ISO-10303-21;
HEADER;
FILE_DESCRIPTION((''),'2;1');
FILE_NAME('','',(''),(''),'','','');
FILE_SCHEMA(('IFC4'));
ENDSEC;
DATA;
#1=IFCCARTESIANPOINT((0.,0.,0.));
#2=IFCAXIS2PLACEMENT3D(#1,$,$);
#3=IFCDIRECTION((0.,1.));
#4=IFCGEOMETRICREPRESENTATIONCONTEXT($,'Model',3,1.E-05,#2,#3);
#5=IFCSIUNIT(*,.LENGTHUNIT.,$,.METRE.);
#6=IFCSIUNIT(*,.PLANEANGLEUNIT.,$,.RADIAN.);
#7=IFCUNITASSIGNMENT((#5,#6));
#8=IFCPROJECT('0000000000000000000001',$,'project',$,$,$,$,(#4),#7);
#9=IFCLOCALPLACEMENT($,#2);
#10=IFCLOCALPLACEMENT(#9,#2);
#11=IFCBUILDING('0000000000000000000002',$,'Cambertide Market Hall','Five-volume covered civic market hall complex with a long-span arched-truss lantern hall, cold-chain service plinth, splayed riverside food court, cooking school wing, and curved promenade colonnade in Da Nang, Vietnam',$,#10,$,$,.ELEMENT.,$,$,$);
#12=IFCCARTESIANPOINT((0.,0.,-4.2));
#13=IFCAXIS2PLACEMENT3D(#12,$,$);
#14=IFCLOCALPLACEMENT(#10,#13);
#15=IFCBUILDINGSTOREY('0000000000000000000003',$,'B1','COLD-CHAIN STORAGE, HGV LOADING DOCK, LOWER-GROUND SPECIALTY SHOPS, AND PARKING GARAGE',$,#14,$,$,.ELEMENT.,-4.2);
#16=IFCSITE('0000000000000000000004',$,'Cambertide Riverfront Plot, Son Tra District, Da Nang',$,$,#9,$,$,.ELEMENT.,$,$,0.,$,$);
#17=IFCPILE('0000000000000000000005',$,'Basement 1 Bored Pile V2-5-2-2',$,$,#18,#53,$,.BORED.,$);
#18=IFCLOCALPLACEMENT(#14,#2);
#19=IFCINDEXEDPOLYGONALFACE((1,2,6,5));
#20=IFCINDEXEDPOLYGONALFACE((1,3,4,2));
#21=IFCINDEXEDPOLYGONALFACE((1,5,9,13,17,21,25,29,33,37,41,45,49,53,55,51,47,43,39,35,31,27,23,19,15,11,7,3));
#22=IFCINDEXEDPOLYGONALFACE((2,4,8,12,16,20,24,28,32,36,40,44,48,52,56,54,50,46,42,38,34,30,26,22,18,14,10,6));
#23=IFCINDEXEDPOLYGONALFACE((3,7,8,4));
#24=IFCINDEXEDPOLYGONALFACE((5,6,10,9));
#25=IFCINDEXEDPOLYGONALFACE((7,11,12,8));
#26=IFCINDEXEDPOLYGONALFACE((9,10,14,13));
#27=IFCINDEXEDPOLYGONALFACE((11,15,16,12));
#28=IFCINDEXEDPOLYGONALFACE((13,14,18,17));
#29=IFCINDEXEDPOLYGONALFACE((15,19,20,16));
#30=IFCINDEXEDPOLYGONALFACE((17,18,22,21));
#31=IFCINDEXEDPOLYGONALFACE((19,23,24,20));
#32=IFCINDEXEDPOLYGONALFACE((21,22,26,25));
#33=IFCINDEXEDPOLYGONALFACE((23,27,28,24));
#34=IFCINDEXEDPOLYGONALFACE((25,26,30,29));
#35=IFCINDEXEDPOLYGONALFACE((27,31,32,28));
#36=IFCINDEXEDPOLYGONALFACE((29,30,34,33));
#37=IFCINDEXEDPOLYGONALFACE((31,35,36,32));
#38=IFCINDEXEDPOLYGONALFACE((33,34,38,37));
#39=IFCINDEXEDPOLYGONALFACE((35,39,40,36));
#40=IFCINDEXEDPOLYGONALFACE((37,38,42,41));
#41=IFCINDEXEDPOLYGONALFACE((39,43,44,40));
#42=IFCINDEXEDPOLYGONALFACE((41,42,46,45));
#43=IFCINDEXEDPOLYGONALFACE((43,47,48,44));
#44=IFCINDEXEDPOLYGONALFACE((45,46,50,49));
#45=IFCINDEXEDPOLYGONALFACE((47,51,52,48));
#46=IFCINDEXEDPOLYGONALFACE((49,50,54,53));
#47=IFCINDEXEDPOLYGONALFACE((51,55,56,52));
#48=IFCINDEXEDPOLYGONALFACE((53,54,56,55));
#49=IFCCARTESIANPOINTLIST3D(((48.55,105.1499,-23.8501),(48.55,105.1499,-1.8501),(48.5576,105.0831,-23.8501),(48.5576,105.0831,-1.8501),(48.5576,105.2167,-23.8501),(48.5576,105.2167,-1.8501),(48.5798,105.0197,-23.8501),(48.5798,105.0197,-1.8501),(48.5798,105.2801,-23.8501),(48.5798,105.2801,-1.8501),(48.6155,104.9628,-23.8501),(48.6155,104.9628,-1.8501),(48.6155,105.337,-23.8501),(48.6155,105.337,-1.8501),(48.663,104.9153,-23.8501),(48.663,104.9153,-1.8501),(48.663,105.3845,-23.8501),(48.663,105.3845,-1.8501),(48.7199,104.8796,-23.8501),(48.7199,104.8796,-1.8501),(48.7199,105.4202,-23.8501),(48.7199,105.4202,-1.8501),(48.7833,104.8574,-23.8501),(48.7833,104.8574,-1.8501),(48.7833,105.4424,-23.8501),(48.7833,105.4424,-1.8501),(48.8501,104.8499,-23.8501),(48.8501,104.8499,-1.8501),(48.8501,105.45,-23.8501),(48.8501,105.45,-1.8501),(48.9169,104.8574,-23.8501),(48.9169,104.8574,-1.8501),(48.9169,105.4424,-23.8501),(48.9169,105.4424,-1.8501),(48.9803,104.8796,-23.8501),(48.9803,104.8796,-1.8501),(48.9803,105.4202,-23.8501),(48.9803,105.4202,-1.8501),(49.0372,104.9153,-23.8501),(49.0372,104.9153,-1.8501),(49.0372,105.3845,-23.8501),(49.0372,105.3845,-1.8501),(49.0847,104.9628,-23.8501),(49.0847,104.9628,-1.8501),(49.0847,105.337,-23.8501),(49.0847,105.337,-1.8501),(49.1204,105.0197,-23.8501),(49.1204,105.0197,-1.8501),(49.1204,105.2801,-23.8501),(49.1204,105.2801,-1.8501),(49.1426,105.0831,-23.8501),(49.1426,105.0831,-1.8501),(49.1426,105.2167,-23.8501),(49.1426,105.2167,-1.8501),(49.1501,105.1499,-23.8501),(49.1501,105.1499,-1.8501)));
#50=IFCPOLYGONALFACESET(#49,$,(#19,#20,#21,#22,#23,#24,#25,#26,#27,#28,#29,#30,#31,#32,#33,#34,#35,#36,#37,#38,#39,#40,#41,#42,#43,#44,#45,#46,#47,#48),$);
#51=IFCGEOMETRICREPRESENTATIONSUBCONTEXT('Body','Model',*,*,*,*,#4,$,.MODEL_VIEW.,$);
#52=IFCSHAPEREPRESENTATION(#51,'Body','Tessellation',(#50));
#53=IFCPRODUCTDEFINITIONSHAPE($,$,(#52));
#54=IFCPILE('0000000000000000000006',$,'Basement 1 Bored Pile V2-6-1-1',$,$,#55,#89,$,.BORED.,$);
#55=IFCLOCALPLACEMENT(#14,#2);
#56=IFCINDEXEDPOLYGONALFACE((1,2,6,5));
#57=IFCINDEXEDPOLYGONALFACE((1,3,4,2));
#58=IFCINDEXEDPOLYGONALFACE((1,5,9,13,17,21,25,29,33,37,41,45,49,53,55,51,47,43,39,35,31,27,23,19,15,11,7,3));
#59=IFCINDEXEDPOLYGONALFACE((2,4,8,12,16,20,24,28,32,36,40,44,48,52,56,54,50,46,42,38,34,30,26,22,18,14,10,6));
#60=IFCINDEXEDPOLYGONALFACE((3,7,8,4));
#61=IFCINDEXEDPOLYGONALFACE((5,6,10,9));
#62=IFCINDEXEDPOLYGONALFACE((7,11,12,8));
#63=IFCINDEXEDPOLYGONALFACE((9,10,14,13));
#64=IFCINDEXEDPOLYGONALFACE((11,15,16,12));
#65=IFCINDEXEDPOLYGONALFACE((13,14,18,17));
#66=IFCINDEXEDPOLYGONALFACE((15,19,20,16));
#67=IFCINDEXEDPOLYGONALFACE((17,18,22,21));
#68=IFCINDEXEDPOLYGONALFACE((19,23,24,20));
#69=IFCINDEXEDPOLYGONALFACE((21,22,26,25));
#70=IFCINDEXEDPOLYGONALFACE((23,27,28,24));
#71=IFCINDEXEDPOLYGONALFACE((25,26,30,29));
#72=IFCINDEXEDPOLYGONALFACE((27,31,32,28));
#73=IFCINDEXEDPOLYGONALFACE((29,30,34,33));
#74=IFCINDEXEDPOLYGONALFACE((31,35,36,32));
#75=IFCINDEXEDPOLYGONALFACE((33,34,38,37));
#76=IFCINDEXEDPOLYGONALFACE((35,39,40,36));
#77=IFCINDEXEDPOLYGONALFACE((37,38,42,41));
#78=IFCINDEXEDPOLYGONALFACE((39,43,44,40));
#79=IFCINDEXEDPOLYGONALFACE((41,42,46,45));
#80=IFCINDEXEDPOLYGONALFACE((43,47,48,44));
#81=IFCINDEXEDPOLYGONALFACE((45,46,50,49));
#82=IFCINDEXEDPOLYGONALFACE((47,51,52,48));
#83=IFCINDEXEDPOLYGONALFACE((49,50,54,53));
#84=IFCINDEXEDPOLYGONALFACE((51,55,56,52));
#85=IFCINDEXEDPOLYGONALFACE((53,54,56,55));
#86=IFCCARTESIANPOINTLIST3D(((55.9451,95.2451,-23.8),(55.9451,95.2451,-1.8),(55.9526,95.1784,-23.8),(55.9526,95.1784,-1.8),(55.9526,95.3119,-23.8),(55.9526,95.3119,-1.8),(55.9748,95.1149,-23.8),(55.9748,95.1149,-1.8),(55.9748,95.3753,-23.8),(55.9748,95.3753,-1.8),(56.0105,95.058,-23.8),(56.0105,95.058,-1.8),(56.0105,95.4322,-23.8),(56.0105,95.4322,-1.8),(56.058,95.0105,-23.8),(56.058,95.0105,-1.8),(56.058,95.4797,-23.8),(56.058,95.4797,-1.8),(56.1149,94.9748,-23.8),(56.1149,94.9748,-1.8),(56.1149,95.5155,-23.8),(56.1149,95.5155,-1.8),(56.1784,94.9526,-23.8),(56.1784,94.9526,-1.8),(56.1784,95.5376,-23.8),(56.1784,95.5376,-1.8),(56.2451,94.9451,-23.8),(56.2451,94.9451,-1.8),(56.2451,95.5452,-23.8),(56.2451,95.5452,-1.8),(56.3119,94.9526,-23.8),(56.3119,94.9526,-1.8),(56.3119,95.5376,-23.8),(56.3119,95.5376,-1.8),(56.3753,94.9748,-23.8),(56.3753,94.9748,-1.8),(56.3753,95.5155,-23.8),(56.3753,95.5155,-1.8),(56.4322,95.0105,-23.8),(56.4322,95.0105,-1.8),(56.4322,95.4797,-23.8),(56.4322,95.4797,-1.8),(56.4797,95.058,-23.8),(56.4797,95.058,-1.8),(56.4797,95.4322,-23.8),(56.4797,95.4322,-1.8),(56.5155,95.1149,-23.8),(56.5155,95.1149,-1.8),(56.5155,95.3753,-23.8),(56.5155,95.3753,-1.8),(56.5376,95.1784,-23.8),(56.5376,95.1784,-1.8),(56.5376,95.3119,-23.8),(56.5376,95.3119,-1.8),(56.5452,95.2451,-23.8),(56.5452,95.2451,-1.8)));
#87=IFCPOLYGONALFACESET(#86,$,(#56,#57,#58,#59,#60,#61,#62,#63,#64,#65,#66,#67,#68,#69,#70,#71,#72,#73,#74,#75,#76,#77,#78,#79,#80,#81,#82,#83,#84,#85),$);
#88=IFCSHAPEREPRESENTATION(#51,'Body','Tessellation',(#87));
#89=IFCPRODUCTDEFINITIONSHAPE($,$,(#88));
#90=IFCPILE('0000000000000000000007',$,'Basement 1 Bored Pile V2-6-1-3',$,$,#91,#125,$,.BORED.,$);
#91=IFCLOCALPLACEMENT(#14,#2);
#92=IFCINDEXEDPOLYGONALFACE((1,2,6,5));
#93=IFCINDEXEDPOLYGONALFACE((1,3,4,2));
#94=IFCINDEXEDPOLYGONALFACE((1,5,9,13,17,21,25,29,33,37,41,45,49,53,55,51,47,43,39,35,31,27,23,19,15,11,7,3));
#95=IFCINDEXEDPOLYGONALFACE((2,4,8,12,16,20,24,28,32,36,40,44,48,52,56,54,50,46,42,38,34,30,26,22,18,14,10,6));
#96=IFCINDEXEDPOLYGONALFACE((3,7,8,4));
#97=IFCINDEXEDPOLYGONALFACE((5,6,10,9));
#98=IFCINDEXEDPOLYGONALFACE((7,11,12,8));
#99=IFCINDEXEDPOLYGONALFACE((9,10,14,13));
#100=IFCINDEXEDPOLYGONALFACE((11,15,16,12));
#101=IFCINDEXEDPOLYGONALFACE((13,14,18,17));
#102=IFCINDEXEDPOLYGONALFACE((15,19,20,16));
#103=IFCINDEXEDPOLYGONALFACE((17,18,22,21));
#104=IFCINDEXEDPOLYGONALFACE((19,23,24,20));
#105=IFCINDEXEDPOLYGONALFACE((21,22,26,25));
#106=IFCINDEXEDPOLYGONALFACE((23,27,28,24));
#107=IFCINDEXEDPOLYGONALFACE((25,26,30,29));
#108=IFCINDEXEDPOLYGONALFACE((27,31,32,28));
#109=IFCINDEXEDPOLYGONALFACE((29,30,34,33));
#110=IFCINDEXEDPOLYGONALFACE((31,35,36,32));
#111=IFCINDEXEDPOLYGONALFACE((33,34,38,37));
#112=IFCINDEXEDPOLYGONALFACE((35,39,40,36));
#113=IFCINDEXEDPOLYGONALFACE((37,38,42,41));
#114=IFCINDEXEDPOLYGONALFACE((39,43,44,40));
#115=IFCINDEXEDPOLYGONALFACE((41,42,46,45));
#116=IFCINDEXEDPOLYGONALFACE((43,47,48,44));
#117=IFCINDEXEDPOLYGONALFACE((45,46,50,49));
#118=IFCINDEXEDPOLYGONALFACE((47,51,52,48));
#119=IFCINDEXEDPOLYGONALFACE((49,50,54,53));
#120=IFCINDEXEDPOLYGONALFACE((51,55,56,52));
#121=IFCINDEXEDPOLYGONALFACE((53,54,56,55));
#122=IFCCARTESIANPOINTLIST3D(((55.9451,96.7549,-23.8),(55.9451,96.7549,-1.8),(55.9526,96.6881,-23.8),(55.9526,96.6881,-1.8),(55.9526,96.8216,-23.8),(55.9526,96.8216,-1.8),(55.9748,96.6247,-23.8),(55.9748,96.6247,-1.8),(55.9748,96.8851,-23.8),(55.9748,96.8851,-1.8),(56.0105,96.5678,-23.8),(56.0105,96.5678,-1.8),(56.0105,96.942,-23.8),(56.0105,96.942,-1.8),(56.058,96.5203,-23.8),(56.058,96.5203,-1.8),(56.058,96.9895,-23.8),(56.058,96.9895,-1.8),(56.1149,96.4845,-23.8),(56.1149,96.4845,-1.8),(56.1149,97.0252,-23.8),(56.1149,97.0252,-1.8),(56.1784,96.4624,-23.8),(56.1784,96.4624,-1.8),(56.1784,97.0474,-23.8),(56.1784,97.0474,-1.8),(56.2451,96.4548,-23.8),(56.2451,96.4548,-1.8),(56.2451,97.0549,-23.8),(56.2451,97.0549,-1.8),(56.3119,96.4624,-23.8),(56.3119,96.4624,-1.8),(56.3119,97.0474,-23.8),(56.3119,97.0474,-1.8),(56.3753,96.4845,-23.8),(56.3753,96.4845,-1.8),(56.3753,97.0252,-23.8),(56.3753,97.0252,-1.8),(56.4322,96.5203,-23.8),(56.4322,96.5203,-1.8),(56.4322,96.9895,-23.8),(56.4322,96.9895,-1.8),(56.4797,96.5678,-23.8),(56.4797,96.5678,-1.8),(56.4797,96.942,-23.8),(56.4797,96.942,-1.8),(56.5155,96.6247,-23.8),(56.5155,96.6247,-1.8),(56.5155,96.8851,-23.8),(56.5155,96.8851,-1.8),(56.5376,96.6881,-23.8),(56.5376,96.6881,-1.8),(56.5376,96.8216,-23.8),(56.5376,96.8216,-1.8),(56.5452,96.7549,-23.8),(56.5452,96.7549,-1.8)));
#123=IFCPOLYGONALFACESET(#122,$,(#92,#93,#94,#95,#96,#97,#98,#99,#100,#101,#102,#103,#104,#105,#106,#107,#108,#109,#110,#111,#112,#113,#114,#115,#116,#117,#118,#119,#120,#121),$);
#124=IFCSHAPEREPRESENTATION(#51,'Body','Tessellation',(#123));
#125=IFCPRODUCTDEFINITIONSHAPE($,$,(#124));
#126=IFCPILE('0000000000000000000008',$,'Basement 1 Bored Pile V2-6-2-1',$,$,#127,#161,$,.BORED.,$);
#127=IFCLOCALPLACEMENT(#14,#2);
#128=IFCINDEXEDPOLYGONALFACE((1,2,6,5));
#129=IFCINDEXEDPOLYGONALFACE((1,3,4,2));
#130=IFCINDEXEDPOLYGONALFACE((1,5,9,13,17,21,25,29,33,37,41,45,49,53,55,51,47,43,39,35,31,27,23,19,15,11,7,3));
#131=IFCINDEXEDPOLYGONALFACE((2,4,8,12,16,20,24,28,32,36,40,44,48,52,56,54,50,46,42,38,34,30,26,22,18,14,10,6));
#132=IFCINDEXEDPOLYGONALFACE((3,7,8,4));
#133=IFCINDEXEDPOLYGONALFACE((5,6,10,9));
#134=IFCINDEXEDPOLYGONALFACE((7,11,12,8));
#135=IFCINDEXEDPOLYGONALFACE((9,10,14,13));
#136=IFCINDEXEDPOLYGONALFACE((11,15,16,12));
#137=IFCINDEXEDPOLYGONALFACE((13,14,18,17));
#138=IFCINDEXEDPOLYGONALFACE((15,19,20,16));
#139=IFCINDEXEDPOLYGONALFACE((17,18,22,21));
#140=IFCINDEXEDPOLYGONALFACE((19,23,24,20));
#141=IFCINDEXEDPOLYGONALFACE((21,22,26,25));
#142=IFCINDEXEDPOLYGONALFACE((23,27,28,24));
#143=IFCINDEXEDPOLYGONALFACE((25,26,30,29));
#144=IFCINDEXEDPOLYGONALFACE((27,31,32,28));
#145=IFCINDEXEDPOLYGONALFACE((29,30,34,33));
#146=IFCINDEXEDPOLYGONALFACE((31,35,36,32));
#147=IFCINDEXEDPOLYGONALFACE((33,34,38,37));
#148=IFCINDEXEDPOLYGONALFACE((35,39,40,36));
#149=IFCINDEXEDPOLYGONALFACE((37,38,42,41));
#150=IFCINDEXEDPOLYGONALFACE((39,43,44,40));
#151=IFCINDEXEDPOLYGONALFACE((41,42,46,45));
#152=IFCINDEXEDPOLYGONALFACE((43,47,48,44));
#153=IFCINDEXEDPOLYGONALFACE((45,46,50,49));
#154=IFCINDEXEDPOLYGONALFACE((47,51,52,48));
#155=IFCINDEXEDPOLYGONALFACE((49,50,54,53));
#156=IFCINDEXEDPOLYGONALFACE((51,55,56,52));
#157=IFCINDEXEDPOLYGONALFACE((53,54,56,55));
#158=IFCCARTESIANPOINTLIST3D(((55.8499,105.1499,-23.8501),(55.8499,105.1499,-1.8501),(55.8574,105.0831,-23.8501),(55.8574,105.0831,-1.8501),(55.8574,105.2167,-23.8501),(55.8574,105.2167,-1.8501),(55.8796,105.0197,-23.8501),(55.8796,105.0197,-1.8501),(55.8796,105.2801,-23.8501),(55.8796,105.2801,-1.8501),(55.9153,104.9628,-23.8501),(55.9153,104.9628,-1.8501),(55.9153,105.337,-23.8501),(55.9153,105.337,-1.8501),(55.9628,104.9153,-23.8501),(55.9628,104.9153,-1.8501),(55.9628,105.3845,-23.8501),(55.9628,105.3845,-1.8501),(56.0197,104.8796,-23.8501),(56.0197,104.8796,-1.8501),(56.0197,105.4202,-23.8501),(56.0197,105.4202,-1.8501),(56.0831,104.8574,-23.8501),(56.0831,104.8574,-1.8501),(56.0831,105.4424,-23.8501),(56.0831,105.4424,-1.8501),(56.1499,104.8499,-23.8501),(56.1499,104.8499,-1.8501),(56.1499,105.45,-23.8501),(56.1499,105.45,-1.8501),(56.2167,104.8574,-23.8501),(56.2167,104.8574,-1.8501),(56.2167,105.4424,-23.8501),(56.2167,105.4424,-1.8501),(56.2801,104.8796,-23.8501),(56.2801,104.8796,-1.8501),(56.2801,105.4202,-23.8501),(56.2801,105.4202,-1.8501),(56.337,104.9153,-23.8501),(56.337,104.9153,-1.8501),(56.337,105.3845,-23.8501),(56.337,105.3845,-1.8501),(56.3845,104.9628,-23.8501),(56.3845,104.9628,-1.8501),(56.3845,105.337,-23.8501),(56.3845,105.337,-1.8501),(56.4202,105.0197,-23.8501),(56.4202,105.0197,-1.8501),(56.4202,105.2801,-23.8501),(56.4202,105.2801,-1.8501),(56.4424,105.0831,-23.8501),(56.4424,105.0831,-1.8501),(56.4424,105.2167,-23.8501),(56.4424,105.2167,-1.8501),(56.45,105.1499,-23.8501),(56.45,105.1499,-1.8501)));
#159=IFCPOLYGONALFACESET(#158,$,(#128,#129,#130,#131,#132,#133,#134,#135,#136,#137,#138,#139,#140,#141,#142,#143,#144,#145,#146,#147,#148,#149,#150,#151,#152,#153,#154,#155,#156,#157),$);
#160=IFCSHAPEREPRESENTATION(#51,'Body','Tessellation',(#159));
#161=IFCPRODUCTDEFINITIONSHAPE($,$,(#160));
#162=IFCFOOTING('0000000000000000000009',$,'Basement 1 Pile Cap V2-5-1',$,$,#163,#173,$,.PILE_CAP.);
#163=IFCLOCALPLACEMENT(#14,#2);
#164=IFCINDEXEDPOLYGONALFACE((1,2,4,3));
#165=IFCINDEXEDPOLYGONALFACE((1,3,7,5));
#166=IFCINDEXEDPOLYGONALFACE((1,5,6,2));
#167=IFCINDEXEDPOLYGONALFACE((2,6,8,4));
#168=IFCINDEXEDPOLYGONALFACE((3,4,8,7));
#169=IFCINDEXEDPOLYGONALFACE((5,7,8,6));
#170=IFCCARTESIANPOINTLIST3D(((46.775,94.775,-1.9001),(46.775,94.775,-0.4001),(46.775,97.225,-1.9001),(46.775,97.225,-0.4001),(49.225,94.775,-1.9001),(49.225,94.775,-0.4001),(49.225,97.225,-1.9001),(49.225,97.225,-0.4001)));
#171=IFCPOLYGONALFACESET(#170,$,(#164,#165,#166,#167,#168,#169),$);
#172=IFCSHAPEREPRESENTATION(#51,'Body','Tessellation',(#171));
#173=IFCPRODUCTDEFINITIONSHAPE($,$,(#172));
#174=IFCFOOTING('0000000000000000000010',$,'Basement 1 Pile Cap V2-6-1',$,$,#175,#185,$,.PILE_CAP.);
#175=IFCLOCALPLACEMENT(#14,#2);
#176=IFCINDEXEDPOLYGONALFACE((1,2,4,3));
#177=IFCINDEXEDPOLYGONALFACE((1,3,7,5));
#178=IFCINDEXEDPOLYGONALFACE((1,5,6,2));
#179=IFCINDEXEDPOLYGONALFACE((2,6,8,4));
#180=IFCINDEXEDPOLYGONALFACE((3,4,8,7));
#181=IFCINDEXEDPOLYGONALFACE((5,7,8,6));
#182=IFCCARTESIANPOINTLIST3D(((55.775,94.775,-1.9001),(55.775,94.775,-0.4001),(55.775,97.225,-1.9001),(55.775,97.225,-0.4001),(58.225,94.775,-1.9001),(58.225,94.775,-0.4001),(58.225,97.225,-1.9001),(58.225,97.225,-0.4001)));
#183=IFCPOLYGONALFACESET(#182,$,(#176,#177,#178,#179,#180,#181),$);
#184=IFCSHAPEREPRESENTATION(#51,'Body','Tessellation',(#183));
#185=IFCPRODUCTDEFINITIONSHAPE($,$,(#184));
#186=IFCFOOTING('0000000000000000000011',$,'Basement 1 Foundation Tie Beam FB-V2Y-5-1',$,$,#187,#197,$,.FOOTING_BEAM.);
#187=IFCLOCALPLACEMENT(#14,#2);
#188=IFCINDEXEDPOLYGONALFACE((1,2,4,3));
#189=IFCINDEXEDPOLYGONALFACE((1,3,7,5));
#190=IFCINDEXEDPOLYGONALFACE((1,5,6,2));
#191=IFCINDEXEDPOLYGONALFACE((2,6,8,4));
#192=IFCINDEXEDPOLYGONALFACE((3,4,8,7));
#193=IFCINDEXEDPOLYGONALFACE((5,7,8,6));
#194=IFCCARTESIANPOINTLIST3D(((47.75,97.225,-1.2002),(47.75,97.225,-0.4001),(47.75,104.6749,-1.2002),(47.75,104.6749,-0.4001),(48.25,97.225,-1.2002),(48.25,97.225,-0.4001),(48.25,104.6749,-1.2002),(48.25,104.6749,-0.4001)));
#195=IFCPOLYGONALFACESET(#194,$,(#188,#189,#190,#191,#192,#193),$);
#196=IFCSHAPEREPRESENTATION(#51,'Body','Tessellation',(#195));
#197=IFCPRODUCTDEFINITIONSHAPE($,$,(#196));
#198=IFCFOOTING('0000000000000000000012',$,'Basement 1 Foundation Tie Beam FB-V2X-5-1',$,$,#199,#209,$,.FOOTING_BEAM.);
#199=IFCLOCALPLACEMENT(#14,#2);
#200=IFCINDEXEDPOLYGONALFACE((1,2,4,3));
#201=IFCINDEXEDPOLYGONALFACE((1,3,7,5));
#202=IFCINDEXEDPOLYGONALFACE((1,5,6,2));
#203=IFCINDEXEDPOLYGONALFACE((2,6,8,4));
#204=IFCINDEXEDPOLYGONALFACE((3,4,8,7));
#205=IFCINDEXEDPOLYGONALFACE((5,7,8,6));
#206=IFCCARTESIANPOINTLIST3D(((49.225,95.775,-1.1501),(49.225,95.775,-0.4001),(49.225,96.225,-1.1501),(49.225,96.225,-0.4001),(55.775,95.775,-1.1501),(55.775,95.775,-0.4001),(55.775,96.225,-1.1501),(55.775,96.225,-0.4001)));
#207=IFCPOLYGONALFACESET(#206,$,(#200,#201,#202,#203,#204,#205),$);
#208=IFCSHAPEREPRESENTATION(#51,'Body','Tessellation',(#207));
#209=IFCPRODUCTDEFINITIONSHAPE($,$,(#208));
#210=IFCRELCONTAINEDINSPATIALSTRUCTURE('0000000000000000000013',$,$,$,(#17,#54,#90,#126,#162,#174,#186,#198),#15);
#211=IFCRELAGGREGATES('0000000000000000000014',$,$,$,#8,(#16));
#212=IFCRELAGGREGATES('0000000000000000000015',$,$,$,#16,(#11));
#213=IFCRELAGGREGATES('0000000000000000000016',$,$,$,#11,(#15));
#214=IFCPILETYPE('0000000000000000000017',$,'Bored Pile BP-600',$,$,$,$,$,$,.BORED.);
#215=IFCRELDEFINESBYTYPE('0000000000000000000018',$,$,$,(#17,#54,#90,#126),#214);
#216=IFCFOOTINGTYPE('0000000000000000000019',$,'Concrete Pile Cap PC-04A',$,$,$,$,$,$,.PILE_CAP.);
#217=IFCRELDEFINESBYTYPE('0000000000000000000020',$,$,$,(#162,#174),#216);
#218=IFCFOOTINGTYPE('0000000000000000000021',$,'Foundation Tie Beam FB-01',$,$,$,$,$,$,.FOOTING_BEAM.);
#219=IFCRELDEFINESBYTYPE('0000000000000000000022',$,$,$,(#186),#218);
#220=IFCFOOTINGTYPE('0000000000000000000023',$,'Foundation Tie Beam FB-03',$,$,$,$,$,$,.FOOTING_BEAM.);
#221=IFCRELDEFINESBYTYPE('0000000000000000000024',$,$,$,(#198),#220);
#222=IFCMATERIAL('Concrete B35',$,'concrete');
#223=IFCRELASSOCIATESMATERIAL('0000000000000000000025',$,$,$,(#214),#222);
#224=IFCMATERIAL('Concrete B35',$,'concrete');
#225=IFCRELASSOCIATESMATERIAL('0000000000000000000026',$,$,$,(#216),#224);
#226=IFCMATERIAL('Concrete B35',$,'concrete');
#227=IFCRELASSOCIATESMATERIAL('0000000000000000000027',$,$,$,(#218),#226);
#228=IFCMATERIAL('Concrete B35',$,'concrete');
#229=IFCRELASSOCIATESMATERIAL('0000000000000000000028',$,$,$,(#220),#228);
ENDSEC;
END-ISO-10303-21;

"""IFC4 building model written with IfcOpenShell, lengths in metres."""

from ifc_helpers import new_model, si_unit, direction, frame, origin, origin_2d, place, context, subcontext, project, spatial, rectangle, circle, extrude, material, material_profile, profile_set, type_object, element, save


model = new_model("IFC4")

# Units and contexts
model_context = context("Model", 3, precision=1e-05, world=origin(), true_north=direction((0.0, 1.0)))
body_context = subcontext(model_context, "Body", "Model", "MODEL_VIEW")
ifc_project = project(units=[si_unit("LENGTHUNIT", "METRE"), si_unit("PLANEANGLEUNIT", "RADIAN")], contexts=[model_context])

# Site, building, storey
site_placement = place(None, origin())
site = spatial("IfcSite", under=ifc_project, at=site_placement, Name="Cambertide Riverfront Plot, Son Tra District, Da Nang", CompositionType="ELEMENT", RefElevation=0.0)
building_placement = place(site_placement, origin())
building = spatial("IfcBuilding", under=site, at=building_placement, Name="Cambertide Market Hall", Description="Five-volume covered civic market hall complex with a long-span arched-truss lantern hall, cold-chain service plinth, splayed riverside food court, cooking school wing, and curved promenade colonnade in Da Nang, Vietnam", CompositionType="ELEMENT")
storey_placement = place(building_placement, frame((0.0, 0.0, -4.2)))
storey = spatial("IfcBuildingStorey", under=building, at=storey_placement, Name="B1", Description="COLD-CHAIN STORAGE, HGV LOADING DOCK, LOWER-GROUND SPECIALTY SHOPS, AND PARKING GARAGE", CompositionType="ELEMENT", Elevation=-4.2)

# Piles
ifc_material_1 = material(Name="Concrete B35", Category="concrete")
ifc_material_profile_1 = material_profile(ifc_material_1, circle(Radius=0.3, at=origin_2d()), Name="BP D600")
ifc_profile_set_1 = profile_set([ifc_material_profile_1], Name="Concrete B35")
pile_type = type_object("IfcPileType", Name="Bored Pile BP-600", PredefinedType="BORED", material=ifc_profile_set_1)
for number, where, z_axis, x_axis, name in (
    (1, (48.8501, 105.1499, -1.8501), (0.0, 0.0, -1.0), (1.0, 0.0, 0.0), "Basement 1 Bored Pile V2-5-2-2"),
    (2, (56.2451, 95.2451, -1.8), (0.0, 0.0, -1.0), (1.0, 0.0, 0.0), "Basement 1 Bored Pile V2-6-1-1"),
    (3, (56.2451, 96.7549, -1.8), (0.0, 0.0, -1.0), (1.0, 0.0, 0.0), "Basement 1 Bored Pile V2-6-1-3"),
    (4, (56.1499, 105.1499, -1.8501), (0.0, 0.0, -1.0), (1.0, 0.0, 0.0), "Basement 1 Bored Pile V2-6-2-1"),
):
    element("IfcPile", number, at=place(storey_placement, frame(where, z_axis=z_axis, x_axis=x_axis)), inside=storey, type_object=pile_type, Name=name, PredefinedType="BORED", context=body_context, shape_type="SweptSolid", body=[
        extrude(circle(Radius=0.3, at=origin_2d()), origin(), (0.0, 0.0, 1.0), 22.0),
    ])

# Footings
ifc_material_2 = material(Name="Concrete B35", Category="concrete")
footing_type_1 = type_object("IfcFootingType", Name="Concrete Pile Cap PC-04A", PredefinedType="PILE_CAP", material=ifc_material_2)
for number, where, z_axis, x_axis, name in (
    (5, (48.0, 96.0, -1.9001), (0.0, 0.0, 1.0), (1.0, 0.0, 0.0), "Basement 1 Pile Cap V2-5-1"),
    (6, (57.0, 96.0, -1.9001), (0.0, 0.0, 1.0), (1.0, 0.0, 0.0), "Basement 1 Pile Cap V2-6-1"),
):
    element("IfcFooting", number, at=place(storey_placement, frame(where, z_axis=z_axis, x_axis=x_axis)), inside=storey, type_object=footing_type_1, Name=name, PredefinedType="PILE_CAP", context=body_context, shape_type="SweptSolid", body=[
        extrude(rectangle(XDim=2.45, YDim=2.45, at=origin_2d()), origin(), (0.0, 0.0, 1.0), 1.5),
    ])
ifc_material_3 = material(Name="Concrete B35", Category="concrete")
footing_type_2 = type_object("IfcFootingType", Name="Foundation Tie Beam FB-01", PredefinedType="FOOTING_BEAM", material=ifc_material_3)
footing_1_placement = place(storey_placement, frame((48.0, 100.95, -1.2002), z_axis=(0.0, 0.0, 1.0), x_axis=(0.0, 1.0, 0.0)))
element("IfcFooting", 7, at=footing_1_placement, inside=storey, type_object=footing_type_2, Name="Basement 1 Foundation Tie Beam FB-V2Y-5-1", PredefinedType="FOOTING_BEAM", context=body_context, shape_type="SweptSolid", body=[
    extrude(rectangle(XDim=7.45, YDim=0.5, at=origin_2d()), origin(), (0.0, 0.0, 1.0), 0.8),
])
ifc_material_4 = material(Name="Concrete B35", Category="concrete")
footing_type_3 = type_object("IfcFootingType", Name="Foundation Tie Beam FB-03", PredefinedType="FOOTING_BEAM", material=ifc_material_4)
footing_2_placement = place(storey_placement, frame((52.5, 96.0, -1.1501), z_axis=(0.0, 0.0, 1.0), x_axis=(1.0, 0.0, 0.0)))
element("IfcFooting", 8, at=footing_2_placement, inside=storey, type_object=footing_type_3, Name="Basement 1 Foundation Tie Beam FB-V2X-5-1", PredefinedType="FOOTING_BEAM", context=body_context, shape_type="SweptSolid", body=[
    extrude(rectangle(XDim=6.55, YDim=0.45, at=origin_2d()), origin(), (0.0, 0.0, 1.0), 0.75),
])

save(model, "model.ifc")
